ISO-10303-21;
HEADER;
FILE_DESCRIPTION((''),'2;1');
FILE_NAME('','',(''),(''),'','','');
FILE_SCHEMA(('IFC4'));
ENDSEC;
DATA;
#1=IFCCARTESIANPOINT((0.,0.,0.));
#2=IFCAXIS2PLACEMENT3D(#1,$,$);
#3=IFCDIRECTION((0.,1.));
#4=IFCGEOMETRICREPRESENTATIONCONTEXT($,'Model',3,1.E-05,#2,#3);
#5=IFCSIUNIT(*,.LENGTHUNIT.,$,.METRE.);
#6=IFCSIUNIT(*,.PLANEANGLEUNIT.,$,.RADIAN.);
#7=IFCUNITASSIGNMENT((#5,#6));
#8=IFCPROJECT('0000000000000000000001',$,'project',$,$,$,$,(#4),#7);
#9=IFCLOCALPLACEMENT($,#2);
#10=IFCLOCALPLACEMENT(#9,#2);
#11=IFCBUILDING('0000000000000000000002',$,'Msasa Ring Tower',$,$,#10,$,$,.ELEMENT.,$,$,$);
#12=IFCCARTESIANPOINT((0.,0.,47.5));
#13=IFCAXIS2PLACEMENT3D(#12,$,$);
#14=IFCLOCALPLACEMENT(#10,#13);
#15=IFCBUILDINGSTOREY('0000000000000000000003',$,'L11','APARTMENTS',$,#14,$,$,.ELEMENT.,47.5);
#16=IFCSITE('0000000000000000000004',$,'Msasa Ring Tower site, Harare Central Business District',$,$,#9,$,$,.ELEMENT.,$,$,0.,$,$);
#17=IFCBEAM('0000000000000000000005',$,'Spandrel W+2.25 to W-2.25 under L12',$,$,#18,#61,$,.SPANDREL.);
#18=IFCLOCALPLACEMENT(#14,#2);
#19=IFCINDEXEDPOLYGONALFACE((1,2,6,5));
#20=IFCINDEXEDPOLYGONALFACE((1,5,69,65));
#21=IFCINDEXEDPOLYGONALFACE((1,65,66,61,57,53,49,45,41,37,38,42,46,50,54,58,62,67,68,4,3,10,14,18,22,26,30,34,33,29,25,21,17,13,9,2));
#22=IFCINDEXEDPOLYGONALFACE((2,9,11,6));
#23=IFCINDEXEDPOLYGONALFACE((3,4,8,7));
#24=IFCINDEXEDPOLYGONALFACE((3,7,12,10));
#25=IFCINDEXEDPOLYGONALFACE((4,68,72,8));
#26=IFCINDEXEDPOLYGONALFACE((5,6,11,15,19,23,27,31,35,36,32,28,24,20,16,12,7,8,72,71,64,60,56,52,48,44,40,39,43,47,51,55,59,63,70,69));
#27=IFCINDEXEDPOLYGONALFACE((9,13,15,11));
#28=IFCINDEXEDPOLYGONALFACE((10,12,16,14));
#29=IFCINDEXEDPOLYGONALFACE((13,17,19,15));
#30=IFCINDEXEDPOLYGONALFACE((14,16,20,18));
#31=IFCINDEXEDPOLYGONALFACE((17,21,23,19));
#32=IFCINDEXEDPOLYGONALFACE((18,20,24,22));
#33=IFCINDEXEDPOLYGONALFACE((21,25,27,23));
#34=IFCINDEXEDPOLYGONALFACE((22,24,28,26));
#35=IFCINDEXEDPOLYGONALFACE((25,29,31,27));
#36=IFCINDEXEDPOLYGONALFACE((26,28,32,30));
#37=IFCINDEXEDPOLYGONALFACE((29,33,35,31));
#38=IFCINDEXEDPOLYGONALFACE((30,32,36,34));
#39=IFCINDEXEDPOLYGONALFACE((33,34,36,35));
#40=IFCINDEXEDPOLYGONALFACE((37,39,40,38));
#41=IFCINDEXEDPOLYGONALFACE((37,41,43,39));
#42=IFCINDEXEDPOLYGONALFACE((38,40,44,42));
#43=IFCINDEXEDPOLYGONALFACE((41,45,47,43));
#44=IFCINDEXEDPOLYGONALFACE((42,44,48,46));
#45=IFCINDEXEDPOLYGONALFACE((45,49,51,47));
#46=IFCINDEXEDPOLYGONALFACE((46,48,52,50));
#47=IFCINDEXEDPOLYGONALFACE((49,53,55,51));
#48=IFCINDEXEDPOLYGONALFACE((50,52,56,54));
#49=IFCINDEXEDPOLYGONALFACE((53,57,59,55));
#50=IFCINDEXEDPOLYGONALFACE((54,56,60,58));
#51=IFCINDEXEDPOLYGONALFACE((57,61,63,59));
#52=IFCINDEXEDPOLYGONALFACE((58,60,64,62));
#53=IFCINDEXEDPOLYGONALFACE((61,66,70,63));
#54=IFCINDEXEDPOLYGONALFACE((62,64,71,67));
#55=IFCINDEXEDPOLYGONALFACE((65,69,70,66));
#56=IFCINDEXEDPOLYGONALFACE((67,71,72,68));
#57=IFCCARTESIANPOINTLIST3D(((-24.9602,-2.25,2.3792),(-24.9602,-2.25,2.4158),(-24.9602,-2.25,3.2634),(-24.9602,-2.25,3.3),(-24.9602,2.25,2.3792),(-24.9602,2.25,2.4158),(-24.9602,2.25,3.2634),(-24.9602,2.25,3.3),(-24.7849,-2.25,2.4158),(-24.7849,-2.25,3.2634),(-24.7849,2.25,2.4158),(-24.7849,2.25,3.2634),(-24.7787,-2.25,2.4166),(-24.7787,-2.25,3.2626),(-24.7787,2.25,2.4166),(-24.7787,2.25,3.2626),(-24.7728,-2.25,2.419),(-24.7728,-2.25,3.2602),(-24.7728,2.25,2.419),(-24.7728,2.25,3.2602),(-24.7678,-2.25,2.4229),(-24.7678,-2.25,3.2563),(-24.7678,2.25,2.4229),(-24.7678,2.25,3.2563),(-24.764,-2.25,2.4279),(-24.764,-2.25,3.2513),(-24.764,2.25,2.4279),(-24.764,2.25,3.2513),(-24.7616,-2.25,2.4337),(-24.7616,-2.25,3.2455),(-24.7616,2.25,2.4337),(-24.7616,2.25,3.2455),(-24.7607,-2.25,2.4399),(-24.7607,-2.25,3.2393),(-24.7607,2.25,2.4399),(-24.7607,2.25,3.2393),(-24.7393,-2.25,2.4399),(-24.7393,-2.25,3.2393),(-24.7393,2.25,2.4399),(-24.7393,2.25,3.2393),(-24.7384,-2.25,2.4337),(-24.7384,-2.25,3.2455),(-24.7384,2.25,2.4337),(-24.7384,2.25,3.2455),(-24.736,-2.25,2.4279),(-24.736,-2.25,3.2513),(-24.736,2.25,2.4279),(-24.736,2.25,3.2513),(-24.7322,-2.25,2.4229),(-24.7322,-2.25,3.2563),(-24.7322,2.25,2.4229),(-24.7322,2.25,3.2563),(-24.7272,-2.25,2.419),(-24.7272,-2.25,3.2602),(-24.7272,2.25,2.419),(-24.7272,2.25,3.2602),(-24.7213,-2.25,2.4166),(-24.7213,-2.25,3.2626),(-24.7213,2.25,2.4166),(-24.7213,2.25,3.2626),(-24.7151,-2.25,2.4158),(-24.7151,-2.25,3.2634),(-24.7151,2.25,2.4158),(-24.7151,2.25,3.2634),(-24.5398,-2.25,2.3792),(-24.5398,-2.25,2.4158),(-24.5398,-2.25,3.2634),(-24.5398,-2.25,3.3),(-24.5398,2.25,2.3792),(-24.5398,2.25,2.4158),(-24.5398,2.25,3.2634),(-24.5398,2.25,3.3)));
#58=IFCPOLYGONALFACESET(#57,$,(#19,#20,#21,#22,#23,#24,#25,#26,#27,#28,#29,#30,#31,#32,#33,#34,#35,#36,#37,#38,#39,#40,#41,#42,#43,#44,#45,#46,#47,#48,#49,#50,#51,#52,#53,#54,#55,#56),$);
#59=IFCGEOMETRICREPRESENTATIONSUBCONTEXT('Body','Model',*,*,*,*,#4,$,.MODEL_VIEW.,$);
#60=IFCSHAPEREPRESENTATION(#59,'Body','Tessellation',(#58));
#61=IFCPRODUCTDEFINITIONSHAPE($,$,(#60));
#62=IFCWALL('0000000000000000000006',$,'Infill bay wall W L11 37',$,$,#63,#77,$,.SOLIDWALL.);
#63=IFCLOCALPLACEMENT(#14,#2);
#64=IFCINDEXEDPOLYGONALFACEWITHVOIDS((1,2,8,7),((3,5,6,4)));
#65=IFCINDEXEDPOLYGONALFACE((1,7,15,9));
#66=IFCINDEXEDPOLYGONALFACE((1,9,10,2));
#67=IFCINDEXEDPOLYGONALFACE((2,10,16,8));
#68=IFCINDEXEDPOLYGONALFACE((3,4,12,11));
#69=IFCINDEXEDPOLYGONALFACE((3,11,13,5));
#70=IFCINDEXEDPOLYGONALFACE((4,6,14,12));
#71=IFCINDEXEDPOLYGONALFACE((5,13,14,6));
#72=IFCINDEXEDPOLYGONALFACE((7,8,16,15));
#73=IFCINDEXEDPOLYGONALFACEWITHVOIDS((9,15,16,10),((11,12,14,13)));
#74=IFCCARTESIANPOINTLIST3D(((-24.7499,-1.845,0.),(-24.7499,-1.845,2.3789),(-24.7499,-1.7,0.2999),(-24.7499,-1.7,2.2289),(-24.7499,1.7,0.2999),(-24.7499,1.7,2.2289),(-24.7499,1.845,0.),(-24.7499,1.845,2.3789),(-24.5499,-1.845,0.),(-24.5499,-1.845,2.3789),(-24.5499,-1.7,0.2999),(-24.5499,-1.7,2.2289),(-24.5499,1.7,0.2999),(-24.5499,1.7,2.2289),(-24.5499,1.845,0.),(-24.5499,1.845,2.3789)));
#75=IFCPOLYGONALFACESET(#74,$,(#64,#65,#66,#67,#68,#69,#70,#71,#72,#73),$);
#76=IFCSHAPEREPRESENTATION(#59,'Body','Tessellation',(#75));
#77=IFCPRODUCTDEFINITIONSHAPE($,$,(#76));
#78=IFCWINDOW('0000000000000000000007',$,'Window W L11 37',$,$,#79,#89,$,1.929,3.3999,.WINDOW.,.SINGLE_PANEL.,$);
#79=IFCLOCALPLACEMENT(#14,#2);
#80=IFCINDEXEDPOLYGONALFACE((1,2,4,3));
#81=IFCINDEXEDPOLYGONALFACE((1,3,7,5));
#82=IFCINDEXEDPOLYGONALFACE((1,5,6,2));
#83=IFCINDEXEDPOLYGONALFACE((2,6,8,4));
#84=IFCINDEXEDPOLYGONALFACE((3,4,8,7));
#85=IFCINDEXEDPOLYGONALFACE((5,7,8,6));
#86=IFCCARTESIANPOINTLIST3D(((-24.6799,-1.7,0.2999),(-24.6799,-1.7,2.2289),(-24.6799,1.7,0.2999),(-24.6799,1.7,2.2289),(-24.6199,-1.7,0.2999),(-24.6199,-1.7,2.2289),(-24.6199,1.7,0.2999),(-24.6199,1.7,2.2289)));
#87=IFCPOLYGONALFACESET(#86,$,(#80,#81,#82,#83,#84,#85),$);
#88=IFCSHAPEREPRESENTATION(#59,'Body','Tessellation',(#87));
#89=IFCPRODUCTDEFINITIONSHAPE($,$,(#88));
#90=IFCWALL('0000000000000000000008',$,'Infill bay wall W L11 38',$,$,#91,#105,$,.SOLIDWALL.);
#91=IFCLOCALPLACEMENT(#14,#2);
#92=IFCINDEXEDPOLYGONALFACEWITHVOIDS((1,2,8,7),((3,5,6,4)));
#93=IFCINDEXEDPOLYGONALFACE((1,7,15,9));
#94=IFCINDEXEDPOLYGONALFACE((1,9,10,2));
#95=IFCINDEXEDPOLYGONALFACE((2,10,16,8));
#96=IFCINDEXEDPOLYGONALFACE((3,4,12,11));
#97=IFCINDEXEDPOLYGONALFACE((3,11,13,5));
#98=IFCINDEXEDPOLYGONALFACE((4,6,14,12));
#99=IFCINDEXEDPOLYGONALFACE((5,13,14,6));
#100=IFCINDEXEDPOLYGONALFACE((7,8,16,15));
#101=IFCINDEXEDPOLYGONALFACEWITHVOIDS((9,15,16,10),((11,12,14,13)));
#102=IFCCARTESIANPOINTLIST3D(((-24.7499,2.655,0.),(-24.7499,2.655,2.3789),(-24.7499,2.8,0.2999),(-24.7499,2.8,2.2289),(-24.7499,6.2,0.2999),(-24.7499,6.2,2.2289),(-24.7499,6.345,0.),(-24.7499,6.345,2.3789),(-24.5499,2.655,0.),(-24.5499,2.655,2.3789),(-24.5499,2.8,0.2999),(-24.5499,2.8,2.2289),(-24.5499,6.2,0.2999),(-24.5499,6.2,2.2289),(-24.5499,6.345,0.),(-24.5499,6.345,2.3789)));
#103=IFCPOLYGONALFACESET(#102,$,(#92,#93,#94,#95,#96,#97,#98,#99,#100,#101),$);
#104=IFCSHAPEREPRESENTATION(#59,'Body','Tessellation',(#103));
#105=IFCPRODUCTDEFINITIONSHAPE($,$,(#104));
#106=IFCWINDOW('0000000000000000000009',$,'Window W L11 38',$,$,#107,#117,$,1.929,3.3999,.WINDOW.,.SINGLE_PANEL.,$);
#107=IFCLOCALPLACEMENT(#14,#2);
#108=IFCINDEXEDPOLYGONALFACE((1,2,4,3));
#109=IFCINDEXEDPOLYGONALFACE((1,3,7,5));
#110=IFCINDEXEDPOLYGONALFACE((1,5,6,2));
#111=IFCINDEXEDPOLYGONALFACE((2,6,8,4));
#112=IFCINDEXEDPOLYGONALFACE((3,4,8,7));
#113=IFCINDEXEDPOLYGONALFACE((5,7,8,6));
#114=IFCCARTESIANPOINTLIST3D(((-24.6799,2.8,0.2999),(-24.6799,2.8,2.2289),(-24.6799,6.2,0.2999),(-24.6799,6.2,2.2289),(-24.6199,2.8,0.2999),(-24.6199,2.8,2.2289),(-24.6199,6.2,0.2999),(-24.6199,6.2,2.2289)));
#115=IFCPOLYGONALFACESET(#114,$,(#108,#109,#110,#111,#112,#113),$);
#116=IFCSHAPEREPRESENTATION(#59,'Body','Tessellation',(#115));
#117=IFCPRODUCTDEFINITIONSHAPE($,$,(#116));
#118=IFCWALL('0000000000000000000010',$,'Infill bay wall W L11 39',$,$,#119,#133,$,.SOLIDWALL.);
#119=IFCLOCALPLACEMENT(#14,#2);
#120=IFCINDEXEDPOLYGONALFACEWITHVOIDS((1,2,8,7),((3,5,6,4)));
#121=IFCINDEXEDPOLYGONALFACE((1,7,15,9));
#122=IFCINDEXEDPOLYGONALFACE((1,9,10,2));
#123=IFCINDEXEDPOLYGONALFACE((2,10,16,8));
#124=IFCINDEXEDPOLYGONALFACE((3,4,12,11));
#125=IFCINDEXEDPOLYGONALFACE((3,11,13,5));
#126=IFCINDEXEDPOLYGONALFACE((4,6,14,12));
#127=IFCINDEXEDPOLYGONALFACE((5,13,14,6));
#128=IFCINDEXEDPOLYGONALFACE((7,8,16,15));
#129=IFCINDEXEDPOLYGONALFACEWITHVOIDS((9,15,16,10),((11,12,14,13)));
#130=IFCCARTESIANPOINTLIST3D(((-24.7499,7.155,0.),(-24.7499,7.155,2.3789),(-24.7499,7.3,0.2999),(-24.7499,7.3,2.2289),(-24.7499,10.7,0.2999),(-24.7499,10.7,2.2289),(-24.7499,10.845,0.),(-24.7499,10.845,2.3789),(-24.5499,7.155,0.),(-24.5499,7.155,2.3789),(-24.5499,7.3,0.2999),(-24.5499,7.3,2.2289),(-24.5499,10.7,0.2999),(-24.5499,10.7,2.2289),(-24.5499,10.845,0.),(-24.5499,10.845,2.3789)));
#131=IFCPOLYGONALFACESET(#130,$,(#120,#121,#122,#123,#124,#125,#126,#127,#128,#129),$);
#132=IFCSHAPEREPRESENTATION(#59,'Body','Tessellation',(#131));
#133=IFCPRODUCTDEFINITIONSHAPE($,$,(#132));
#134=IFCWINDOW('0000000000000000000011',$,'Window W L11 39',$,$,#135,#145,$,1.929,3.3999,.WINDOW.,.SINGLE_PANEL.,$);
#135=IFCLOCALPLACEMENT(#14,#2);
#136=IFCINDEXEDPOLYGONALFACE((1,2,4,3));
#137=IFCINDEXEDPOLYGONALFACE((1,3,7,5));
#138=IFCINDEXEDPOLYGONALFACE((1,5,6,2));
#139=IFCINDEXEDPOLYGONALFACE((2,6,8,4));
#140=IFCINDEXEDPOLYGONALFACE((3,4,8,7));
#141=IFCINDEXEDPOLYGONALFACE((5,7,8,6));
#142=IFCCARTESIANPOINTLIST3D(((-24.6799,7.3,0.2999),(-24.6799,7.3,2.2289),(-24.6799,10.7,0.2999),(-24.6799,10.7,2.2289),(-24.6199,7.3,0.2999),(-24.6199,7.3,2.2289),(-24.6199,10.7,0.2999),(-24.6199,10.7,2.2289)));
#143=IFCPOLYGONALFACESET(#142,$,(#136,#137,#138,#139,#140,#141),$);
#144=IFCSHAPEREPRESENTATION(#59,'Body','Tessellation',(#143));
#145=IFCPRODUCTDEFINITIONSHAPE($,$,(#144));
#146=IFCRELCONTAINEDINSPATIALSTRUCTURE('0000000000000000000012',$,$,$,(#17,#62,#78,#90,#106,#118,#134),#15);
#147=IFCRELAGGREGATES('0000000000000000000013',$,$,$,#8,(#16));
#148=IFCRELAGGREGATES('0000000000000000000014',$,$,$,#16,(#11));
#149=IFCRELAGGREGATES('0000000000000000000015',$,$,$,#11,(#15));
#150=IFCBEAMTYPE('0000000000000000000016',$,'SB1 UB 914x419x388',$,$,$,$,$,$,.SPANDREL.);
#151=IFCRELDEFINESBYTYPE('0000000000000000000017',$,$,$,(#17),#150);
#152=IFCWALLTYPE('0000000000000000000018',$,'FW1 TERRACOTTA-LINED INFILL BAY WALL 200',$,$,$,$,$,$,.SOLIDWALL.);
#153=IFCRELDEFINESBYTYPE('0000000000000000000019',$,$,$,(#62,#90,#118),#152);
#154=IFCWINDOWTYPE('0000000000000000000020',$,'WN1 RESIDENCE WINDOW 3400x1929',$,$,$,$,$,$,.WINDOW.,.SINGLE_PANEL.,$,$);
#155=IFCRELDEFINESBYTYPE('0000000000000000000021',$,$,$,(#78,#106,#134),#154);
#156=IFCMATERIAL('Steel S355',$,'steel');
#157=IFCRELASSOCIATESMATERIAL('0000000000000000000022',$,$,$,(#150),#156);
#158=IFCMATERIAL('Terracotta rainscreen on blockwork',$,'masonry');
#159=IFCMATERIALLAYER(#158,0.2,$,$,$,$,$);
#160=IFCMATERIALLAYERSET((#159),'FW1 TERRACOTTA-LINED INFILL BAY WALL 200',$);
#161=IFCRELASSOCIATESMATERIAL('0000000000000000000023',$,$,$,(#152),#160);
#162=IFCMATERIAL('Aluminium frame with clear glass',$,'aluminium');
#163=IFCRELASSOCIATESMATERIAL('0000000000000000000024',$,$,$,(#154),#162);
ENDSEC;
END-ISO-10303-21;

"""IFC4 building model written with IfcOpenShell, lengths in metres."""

from ifc_helpers import new_model, si_unit, direction, frame, frame_2d, origin, origin_2d, place, context, subcontext, project, spatial, rectangle, i_section, extrude, material, layer, layer_set, material_profile, profile_set, type_object, element, fill, save


model = new_model("IFC4")

# Units and contexts
model_context = context("Model", 3, precision=1e-05, world=origin(), true_north=direction((0.0, 1.0)))
body_context = subcontext(model_context, "Body", "Model", "MODEL_VIEW")
ifc_project = project(units=[si_unit("LENGTHUNIT", "METRE"), si_unit("PLANEANGLEUNIT", "RADIAN")], contexts=[model_context])

# Site, building, storey
site_placement = place(None, origin())
site = spatial("IfcSite", under=ifc_project, at=site_placement, Name="Msasa Ring Tower site, Harare Central Business District", CompositionType="ELEMENT", RefElevation=0.0)
building_placement = place(site_placement, origin())
building = spatial("IfcBuilding", under=site, at=building_placement, Name="Msasa Ring Tower", CompositionType="ELEMENT")
storey_placement = place(building_placement, frame((0.0, 0.0, 47.5)))
storey = spatial("IfcBuildingStorey", under=building, at=storey_placement, Name="L11", Description="APARTMENTS", CompositionType="ELEMENT", Elevation=47.5)

# Beam
ifc_material_1 = material(Name="Steel S355", Category="steel")
ifc_material_profile_1 = material_profile(ifc_material_1, i_section(OverallWidth=0.4204, OverallDepth=0.9209, WebThickness=0.0215, FlangeThickness=0.0366, FilletRadius=0.0242, at=origin_2d()), Name="UB 914x419x388")
ifc_profile_set_1 = profile_set([ifc_material_profile_1], Name="Steel S355")
beam_type_1 = type_object("IfcBeamType", Name="SB1 UB 914x419x388", PredefinedType="SPANDREL", material=ifc_profile_set_1)
for number, where, z_axis, x_axis, name in (
    (1, (-24.75, 2.25, 2.8396), (0.0, -1.0, 0.0), (1.0, 0.0, 0.0), "Spandrel W+2.25 to W-2.25 under L12"),
):
    element("IfcBeam", number, at=place(storey_placement, frame(where, z_axis=z_axis, x_axis=x_axis)), inside=storey, type_object=beam_type_1, Name=name, PredefinedType="SPANDREL", context=body_context, shape_type="SweptSolid", body=[
        extrude(i_section(OverallWidth=0.4204, OverallDepth=0.9209, WebThickness=0.0215, FlangeThickness=0.0366, FilletRadius=0.0242, at=origin_2d()), origin(), (0.0, 0.0, 1.0), 4.5),
    ])

# Walls, openings, windows
ifc_material_2 = material(Name="Terracotta rainscreen on blockwork", Category="masonry")
ifc_layer_1 = layer(ifc_material_2, 0.2)
ifc_layer_set_1 = layer_set([ifc_layer_1], Name="FW1 TERRACOTTA-LINED INFILL BAY WALL 200")
wall_type_1 = type_object("IfcWallType", Name="FW1 TERRACOTTA-LINED INFILL BAY WALL 200", PredefinedType="SOLIDWALL", material=ifc_layer_set_1)
wall_1_placement = place(storey_placement, frame((-24.6499, -1.845, 0.0), z_axis=(0.0, 0.0, 1.0), x_axis=(0.0, 1.0, 0.0)))
wall_1 = element("IfcWall", 2, at=wall_1_placement, inside=storey, type_object=wall_type_1, Name="Infill bay wall W L11 37", PredefinedType="SOLIDWALL", context=body_context, shape_type="SweptSolid", body=[
    extrude(rectangle(XDim=3.6899, YDim=0.2, at=frame_2d((1.845, 0.0))), origin(), (0.0, 0.0, 1.0), 2.3789),
])
opening_1_placement = place(wall_1_placement, frame((0.145, 0.0, 0.3)))
opening_1 = element("IfcOpeningElement", 3, at=opening_1_placement, cuts=wall_1, PredefinedType="OPENING", context=body_context, shape_type="SweptSolid", body=[
    extrude(rectangle(XDim=3.3999, YDim=1.929, at=frame_2d((1.7, 0.9644))), frame((0.0, 0.1099, 0.0), z_axis=(0.0, -1.0, 0.0), x_axis=(1.0, 0.0, 0.0)), (0.0, 0.0, 1.0), 0.22),
])
ifc_material_3 = material(Name="Aluminium frame with clear glass", Category="aluminium")
window_type = type_object("IfcWindowType", Name="WN1 RESIDENCE WINDOW 3400x1929", PartitioningType="SINGLE_PANEL", PredefinedType="WINDOW", material=ifc_material_3)
window_1_placement = place(opening_1_placement, origin())
window_1 = element("IfcWindow", 4, at=window_1_placement, inside=storey, type_object=window_type, Name="Window W L11 37", OverallHeight=1.929, OverallWidth=3.3999, PartitioningType="SINGLE_PANEL", PredefinedType="WINDOW", context=body_context, shape_type="SweptSolid", body=[
    extrude(rectangle(XDim=3.3999, YDim=1.929, at=frame_2d((1.7, 0.9644))), frame((0.0, 0.03, 0.0), z_axis=(0.0, -1.0, 0.0), x_axis=(1.0, 0.0, 0.0)), (0.0, 0.0, 1.0), 0.0601),
])
fill(opening_1, window_1)
wall_2_placement = place(storey_placement, frame((-24.6499, 2.655, 0.0), z_axis=(0.0, 0.0, 1.0), x_axis=(0.0, 1.0, 0.0)))
wall_2 = element("IfcWall", 5, at=wall_2_placement, inside=storey, type_object=wall_type_1, Name="Infill bay wall W L11 38", PredefinedType="SOLIDWALL", context=body_context, shape_type="SweptSolid", body=[
    extrude(rectangle(XDim=3.6899, YDim=0.2, at=frame_2d((1.845, 0.0))), origin(), (0.0, 0.0, 1.0), 2.3789),
])
opening_2_placement = place(wall_2_placement, frame((0.145, 0.0, 0.3)))
opening_2 = element("IfcOpeningElement", 6, at=opening_2_placement, cuts=wall_2, PredefinedType="OPENING", context=body_context, shape_type="SweptSolid", body=[
    extrude(rectangle(XDim=3.3999, YDim=1.929, at=frame_2d((1.7, 0.9644))), frame((0.0, 0.1099, 0.0), z_axis=(0.0, -1.0, 0.0), x_axis=(1.0, 0.0, 0.0)), (0.0, 0.0, 1.0), 0.22),
])
window_2_placement = place(opening_2_placement, origin())
window_2 = element("IfcWindow", 7, at=window_2_placement, inside=storey, type_object=window_type, Name="Window W L11 38", OverallHeight=1.929, OverallWidth=3.3999, PartitioningType="SINGLE_PANEL", PredefinedType="WINDOW", context=body_context, shape_type="SweptSolid", body=[
    extrude(rectangle(XDim=3.3999, YDim=1.929, at=frame_2d((1.7, 0.9644))), frame((0.0, 0.03, 0.0), z_axis=(0.0, -1.0, 0.0), x_axis=(1.0, 0.0, 0.0)), (0.0, 0.0, 1.0), 0.0601),
])
fill(opening_2, window_2)
wall_3_placement = place(storey_placement, frame((-24.6499, 7.155, 0.0), z_axis=(0.0, 0.0, 1.0), x_axis=(0.0, 1.0, 0.0)))
wall_3 = element("IfcWall", 8, at=wall_3_placement, inside=storey, type_object=wall_type_1, Name="Infill bay wall W L11 39", PredefinedType="SOLIDWALL", context=body_context, shape_type="SweptSolid", body=[
    extrude(rectangle(XDim=3.6899, YDim=0.2, at=frame_2d((1.845, 0.0))), origin(), (0.0, 0.0, 1.0), 2.3789),
])
opening_3_placement = place(wall_3_placement, frame((0.145, 0.0, 0.3)))
opening_3 = element("IfcOpeningElement", 9, at=opening_3_placement, cuts=wall_3, PredefinedType="OPENING", context=body_context, shape_type="SweptSolid", body=[
    extrude(rectangle(XDim=3.3999, YDim=1.929, at=frame_2d((1.7, 0.9644))), frame((0.0, 0.1099, 0.0), z_axis=(0.0, -1.0, 0.0), x_axis=(1.0, 0.0, 0.0)), (0.0, 0.0, 1.0), 0.22),
])
window_3_placement = place(opening_3_placement, origin())
window_3 = element("IfcWindow", 10, at=window_3_placement, inside=storey, type_object=window_type, Name="Window W L11 39", OverallHeight=1.929, OverallWidth=3.3999, PartitioningType="SINGLE_PANEL", PredefinedType="WINDOW", context=body_context, shape_type="SweptSolid", body=[
    extrude(rectangle(XDim=3.3999, YDim=1.929, at=frame_2d((1.7, 0.9644))), frame((0.0, 0.03, 0.0), z_axis=(0.0, -1.0, 0.0), x_axis=(1.0, 0.0, 0.0)), (0.0, 0.0, 1.0), 0.0601),
])
fill(opening_3, window_3)

save(model, "model.ifc")
